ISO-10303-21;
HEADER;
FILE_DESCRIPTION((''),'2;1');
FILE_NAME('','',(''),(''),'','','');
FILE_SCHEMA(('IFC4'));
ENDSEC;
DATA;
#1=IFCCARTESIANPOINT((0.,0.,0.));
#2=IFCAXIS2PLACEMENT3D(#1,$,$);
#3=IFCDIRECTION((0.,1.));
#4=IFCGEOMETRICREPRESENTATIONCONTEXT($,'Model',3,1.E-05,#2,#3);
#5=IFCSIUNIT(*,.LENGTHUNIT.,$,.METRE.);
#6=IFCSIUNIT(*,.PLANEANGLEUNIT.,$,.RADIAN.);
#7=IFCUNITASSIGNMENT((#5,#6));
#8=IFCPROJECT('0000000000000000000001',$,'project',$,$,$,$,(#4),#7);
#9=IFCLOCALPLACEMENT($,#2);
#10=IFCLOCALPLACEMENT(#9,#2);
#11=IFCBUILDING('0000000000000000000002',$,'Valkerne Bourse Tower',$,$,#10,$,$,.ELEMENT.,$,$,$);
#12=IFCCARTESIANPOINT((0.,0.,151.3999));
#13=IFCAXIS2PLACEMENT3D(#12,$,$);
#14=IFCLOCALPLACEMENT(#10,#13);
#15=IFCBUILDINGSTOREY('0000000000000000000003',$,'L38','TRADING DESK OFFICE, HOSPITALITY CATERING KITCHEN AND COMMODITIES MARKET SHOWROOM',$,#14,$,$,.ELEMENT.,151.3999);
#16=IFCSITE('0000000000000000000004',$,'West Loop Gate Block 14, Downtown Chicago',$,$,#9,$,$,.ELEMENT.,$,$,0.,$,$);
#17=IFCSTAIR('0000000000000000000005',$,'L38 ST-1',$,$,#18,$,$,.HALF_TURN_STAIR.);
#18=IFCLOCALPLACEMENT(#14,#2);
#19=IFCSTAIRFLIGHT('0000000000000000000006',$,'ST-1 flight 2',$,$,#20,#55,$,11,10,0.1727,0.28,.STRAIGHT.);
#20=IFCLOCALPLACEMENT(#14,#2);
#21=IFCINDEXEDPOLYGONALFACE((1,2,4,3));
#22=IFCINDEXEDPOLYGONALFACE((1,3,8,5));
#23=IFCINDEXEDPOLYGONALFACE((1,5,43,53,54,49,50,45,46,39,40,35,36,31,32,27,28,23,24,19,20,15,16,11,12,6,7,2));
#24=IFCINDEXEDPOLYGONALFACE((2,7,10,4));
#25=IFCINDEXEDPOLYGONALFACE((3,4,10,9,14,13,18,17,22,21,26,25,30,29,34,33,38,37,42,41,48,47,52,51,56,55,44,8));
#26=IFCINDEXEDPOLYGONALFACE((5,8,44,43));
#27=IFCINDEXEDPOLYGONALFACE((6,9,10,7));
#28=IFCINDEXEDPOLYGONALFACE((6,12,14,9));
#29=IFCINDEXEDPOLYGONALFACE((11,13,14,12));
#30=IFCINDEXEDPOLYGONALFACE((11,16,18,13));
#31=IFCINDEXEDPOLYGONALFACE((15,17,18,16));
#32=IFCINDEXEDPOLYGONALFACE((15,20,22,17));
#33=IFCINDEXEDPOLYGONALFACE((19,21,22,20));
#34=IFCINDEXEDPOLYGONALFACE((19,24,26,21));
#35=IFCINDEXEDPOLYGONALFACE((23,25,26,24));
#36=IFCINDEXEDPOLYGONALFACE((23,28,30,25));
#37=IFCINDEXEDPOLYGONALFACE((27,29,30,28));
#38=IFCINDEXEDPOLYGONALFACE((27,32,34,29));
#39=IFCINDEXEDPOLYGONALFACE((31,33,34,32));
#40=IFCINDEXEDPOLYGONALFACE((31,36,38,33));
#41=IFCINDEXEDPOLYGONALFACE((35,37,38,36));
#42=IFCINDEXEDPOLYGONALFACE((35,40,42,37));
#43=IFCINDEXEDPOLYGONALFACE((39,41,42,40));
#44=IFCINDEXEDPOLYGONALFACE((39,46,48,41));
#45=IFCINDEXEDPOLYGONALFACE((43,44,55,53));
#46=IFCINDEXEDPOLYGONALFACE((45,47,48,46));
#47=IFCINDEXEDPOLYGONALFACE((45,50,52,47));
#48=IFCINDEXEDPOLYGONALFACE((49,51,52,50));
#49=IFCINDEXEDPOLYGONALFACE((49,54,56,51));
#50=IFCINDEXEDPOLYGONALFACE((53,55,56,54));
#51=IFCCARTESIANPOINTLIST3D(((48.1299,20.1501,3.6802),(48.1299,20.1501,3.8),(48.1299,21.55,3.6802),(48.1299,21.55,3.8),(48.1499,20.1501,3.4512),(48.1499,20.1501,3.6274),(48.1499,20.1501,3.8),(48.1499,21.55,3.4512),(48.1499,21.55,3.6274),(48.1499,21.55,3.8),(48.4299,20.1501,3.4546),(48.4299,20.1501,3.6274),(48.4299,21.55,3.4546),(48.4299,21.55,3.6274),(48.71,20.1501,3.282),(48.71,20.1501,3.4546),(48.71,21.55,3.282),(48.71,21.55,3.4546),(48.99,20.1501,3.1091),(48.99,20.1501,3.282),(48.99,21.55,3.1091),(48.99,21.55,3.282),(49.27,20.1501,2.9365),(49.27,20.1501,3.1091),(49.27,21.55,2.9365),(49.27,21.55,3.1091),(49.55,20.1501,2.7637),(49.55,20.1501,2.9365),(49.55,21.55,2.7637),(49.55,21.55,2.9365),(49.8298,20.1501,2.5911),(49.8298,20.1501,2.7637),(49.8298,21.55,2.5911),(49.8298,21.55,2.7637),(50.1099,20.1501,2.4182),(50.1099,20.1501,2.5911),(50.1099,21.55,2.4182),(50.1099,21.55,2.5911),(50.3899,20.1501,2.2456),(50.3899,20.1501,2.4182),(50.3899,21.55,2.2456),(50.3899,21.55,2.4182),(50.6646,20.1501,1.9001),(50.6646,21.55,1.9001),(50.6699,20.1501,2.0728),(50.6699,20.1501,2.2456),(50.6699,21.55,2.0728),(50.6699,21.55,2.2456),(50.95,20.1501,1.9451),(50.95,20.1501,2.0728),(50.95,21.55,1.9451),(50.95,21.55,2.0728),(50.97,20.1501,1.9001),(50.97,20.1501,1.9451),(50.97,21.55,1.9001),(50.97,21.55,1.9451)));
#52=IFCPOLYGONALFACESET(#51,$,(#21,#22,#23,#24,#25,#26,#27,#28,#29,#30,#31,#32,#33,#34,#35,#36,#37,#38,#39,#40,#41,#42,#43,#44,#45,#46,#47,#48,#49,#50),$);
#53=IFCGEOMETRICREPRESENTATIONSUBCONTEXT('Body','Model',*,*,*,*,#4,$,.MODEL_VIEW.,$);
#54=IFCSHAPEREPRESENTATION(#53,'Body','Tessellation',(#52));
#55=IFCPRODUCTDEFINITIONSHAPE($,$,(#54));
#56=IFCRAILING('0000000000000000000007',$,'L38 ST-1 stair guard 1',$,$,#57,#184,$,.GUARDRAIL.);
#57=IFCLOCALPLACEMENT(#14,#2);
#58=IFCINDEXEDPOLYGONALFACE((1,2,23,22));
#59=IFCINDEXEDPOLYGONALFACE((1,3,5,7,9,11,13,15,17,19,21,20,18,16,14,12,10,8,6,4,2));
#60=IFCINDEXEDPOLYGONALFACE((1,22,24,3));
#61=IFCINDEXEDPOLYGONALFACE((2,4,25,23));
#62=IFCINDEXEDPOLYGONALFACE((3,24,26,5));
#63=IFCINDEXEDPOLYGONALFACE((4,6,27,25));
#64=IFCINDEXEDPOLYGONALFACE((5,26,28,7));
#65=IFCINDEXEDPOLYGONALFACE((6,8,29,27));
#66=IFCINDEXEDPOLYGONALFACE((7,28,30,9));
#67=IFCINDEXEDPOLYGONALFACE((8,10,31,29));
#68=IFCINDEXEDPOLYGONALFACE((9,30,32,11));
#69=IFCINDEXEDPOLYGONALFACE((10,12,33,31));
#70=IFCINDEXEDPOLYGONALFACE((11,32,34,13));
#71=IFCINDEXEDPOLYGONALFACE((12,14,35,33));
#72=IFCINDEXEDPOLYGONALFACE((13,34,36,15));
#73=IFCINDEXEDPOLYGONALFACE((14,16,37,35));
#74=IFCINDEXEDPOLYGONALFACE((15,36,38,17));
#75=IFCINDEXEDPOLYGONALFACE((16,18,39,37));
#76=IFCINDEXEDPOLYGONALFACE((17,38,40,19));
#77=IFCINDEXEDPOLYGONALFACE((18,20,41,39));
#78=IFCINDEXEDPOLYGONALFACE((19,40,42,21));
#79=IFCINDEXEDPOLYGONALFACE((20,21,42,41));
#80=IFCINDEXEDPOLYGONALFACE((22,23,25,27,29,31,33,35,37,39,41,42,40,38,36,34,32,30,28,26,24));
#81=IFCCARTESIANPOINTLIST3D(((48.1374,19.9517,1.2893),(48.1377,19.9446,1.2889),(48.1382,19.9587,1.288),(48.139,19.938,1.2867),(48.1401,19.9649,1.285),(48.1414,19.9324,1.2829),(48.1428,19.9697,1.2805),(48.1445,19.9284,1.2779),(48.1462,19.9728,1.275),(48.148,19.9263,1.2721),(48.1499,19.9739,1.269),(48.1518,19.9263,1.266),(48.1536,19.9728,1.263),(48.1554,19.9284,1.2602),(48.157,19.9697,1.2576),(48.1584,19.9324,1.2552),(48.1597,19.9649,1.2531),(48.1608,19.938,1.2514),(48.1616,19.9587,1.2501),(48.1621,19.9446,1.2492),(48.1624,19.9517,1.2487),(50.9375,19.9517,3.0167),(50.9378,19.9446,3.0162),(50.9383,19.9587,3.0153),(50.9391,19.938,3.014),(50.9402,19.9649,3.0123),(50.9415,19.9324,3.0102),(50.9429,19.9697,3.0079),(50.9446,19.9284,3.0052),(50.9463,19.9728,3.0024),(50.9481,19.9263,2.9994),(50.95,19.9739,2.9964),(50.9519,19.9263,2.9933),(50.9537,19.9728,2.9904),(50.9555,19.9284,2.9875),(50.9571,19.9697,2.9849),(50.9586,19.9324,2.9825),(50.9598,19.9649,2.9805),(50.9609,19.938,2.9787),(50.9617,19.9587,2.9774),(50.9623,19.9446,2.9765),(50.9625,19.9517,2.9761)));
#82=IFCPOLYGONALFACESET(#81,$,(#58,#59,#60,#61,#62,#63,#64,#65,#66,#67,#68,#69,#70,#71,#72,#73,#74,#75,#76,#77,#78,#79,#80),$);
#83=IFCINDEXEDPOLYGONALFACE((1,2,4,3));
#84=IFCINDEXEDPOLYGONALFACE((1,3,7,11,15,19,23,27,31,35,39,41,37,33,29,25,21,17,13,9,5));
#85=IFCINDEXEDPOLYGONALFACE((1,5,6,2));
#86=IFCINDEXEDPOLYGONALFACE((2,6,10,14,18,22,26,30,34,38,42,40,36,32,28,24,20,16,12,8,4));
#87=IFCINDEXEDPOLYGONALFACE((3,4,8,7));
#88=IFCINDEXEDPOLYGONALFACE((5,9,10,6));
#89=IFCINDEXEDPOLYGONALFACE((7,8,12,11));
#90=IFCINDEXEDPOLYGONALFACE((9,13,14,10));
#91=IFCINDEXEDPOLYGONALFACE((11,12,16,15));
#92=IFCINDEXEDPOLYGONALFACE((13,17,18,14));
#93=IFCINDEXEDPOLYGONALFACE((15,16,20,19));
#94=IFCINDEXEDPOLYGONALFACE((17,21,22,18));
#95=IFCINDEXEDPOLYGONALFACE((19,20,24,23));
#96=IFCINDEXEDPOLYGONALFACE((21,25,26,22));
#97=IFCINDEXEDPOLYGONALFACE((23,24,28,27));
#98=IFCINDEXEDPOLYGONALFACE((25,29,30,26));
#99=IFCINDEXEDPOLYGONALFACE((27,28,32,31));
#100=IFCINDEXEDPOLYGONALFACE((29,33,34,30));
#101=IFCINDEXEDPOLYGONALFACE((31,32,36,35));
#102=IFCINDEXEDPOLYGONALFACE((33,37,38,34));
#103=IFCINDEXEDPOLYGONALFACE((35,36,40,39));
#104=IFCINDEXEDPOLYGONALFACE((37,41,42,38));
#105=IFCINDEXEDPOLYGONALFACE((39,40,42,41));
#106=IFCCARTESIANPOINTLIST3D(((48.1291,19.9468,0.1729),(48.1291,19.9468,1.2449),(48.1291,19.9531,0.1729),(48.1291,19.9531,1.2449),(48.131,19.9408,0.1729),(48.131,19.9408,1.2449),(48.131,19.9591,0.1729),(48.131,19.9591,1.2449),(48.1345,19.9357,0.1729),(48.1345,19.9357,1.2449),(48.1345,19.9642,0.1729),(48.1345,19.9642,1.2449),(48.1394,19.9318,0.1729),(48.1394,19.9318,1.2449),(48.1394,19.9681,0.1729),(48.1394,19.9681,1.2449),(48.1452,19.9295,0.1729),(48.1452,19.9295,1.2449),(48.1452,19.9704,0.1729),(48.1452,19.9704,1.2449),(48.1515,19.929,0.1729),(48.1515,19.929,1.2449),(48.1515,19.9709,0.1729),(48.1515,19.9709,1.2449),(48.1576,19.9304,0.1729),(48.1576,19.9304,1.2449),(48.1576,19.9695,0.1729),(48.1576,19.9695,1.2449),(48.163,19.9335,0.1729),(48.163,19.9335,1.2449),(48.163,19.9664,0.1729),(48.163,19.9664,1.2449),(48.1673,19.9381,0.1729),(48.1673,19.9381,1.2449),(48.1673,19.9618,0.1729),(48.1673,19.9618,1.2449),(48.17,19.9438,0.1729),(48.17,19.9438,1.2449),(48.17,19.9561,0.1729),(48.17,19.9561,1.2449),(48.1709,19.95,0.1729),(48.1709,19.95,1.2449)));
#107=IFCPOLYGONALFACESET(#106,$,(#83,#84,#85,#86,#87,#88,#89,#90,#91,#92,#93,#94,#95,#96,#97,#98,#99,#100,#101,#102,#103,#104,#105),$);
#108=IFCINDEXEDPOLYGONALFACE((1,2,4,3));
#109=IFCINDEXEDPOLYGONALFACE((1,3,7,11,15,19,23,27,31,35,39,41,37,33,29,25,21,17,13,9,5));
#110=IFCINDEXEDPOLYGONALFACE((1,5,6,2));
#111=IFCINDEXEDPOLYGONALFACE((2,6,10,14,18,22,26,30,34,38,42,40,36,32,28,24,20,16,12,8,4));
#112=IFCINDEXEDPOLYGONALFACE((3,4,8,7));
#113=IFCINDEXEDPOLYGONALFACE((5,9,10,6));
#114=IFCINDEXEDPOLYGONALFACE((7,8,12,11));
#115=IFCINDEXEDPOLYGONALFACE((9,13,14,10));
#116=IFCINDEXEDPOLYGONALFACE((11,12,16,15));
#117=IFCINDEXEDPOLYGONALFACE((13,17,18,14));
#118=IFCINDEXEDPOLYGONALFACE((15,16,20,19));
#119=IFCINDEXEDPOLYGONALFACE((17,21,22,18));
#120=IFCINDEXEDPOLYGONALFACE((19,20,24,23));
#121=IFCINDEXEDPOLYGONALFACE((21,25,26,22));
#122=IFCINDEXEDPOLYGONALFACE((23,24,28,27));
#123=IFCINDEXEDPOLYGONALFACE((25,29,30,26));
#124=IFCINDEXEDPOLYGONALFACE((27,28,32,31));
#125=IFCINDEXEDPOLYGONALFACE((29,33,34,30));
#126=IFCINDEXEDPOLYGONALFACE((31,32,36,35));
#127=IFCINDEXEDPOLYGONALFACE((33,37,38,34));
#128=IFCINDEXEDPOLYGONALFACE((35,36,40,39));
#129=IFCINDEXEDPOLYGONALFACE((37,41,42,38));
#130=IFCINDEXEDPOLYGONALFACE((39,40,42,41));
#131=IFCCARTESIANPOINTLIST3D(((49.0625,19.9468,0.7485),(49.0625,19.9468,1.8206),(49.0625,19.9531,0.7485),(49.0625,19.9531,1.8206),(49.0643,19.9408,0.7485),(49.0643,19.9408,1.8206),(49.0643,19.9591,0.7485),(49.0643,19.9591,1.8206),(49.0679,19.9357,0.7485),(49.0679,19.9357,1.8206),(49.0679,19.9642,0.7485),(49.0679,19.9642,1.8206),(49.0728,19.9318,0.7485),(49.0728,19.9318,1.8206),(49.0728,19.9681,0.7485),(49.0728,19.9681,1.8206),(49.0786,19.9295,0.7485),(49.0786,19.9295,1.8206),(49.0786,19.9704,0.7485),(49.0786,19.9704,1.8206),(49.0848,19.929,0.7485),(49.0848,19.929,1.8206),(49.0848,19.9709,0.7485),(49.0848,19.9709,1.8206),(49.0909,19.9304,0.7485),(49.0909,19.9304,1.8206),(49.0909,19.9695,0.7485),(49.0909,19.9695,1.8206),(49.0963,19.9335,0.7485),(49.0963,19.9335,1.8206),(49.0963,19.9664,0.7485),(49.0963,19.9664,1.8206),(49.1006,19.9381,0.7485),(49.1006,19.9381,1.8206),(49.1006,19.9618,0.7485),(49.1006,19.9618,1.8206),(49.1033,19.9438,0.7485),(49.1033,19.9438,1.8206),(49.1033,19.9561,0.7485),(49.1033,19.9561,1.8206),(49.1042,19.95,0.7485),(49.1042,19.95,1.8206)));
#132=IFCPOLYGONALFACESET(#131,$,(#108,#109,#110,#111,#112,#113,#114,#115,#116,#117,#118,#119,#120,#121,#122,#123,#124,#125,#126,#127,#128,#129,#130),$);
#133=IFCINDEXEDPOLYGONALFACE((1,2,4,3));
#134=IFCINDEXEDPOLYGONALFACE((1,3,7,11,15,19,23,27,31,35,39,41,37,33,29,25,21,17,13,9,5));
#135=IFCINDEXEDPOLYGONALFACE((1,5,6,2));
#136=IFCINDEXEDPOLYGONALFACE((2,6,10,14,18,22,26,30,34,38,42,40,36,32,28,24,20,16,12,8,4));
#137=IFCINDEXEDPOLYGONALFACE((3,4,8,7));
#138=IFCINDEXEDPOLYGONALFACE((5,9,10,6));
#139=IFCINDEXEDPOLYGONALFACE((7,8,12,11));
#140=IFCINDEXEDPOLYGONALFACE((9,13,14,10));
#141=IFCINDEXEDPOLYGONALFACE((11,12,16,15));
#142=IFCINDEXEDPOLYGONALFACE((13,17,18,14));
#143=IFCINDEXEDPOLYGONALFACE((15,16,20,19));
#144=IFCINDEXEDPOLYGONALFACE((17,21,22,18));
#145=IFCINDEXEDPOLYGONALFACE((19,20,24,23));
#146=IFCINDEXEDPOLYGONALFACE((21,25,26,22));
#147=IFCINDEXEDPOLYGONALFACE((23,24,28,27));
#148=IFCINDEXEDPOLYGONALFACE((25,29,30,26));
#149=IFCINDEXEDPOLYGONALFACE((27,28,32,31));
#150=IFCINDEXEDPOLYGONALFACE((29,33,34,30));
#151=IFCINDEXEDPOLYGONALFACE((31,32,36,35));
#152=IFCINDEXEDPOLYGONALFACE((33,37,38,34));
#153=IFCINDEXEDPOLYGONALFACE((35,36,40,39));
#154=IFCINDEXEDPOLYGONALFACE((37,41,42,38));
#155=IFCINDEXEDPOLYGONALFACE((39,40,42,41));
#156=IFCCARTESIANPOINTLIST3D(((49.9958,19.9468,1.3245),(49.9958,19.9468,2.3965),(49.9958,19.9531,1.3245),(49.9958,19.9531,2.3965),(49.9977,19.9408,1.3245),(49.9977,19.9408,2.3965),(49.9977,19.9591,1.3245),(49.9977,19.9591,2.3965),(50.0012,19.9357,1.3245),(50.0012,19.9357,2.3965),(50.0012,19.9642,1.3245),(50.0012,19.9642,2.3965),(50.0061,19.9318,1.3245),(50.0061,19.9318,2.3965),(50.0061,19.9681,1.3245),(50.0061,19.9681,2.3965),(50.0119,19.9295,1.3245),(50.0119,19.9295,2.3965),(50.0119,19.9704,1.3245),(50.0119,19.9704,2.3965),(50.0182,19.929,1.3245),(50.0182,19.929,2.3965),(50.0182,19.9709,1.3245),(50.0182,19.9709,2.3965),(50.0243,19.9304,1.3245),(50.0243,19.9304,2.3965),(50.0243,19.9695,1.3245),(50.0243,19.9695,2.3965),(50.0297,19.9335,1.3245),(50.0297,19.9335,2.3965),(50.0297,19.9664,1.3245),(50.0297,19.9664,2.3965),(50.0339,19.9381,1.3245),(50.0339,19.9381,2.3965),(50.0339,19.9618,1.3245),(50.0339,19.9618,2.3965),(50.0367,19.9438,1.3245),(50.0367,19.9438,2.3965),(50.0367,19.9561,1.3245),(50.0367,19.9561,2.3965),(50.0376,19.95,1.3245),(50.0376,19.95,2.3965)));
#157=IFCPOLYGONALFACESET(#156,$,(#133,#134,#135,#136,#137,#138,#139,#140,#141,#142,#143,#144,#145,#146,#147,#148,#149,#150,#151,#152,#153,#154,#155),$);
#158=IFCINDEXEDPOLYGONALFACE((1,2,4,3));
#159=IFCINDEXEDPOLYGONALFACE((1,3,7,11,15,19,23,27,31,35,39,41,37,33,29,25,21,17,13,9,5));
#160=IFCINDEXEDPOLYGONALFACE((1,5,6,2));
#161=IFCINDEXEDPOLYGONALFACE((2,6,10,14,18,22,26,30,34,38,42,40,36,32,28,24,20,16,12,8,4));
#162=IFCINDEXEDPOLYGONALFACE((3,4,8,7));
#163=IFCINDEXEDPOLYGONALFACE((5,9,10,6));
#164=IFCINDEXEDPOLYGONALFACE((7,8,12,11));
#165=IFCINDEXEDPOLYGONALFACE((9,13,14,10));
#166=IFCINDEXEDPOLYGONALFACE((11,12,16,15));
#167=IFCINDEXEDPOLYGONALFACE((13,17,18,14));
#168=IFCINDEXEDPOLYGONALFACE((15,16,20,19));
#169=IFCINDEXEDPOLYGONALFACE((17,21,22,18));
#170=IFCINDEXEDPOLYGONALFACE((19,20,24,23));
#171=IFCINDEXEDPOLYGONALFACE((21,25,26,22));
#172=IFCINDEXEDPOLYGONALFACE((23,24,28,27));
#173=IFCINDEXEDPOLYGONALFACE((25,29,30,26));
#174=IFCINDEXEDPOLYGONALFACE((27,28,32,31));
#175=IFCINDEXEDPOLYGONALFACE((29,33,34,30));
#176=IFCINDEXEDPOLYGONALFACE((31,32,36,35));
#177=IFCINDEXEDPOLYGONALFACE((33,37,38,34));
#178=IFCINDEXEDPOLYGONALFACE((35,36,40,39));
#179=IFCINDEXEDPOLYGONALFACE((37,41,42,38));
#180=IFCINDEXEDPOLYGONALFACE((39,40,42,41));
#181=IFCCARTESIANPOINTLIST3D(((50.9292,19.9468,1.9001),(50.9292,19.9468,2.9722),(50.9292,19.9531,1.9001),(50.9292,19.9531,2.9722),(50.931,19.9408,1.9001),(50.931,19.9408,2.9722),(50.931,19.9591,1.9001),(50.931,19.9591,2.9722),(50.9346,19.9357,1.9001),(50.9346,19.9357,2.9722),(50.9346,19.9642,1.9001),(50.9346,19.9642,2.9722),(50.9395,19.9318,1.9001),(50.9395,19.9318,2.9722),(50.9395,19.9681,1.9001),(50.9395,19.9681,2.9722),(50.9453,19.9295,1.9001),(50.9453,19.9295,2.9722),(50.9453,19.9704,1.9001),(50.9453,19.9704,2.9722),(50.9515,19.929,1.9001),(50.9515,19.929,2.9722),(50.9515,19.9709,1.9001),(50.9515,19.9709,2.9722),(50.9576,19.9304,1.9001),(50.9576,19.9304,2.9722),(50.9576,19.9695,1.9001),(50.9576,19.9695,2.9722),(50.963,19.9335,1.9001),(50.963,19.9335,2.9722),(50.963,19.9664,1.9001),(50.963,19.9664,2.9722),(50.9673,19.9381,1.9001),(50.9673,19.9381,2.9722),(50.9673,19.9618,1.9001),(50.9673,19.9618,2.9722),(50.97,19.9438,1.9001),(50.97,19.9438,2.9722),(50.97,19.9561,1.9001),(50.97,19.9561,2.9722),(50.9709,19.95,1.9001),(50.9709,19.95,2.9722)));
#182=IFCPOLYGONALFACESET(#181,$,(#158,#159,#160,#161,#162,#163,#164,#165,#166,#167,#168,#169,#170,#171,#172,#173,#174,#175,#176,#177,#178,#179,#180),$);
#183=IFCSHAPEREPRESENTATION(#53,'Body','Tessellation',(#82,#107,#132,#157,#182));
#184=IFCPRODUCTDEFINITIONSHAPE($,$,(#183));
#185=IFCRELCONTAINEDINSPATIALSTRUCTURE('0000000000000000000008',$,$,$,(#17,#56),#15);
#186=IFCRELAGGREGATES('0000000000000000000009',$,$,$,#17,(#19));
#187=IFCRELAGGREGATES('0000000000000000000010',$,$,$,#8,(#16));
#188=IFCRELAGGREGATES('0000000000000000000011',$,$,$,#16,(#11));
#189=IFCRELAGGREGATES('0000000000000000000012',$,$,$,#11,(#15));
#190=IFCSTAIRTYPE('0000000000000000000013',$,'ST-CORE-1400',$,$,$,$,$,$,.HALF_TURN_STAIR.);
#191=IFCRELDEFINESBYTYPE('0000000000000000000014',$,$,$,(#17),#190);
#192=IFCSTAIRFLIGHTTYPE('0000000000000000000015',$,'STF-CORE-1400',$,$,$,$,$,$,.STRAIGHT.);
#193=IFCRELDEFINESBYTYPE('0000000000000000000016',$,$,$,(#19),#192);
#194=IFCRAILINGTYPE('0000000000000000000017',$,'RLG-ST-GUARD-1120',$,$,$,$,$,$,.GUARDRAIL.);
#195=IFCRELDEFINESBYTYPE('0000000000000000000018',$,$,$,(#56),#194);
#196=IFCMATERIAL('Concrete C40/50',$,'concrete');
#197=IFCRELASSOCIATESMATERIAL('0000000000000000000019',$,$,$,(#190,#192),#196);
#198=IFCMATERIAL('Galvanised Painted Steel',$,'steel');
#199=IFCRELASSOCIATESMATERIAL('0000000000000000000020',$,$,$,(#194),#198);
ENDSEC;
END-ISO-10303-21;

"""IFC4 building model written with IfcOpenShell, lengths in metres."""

from ifc_helpers import new_model, si_unit, direction, frame, origin, origin_2d, place, context, subcontext, project, spatial, polyline, circle, outline, extrude, material, type_object, element, aggregate, save


model = new_model("IFC4")

# Units and contexts
model_context = context("Model", 3, precision=1e-05, world=origin(), true_north=direction((0.0, 1.0)))
body_context = subcontext(model_context, "Body", "Model", "MODEL_VIEW")
ifc_project = project(units=[si_unit("LENGTHUNIT", "METRE"), si_unit("PLANEANGLEUNIT", "RADIAN")], contexts=[model_context])

# Site, building, storey
site_placement = place(None, origin())
site = spatial("IfcSite", under=ifc_project, at=site_placement, Name="West Loop Gate Block 14, Downtown Chicago", CompositionType="ELEMENT", RefElevation=0.0)
building_placement = place(site_placement, origin())
building = spatial("IfcBuilding", under=site, at=building_placement, Name="Valkerne Bourse Tower", CompositionType="ELEMENT")
storey_placement = place(building_placement, frame((0.0, 0.0, 151.3999)))
storey = spatial("IfcBuildingStorey", under=building, at=storey_placement, Name="L38", Description="TRADING DESK OFFICE, HOSPITALITY CATERING KITCHEN AND COMMODITIES MARKET SHOWROOM", CompositionType="ELEMENT", Elevation=151.3999)

# Shared definitions
ifc_material_1 = material(Name="Galvanised Painted Steel", Category="steel")

# Shared definitions
ifc_material_2 = material(Name="Concrete C40/50", Category="concrete")

# Stair, stair flight
stair_type = type_object("IfcStairType", Name="ST-CORE-1400", PredefinedType="HALF_TURN_STAIR", material=ifc_material_2)
stair_placement = place(storey_placement, origin())
stair = element("IfcStair", 1, at=stair_placement, inside=storey, type_object=stair_type, Name="L38 ST-1", PredefinedType="HALF_TURN_STAIR")
stair_flight_type = type_object("IfcStairFlightType", Name="STF-CORE-1400", PredefinedType="STRAIGHT", material=ifc_material_2)
stair_flight_1_placement = place(storey_placement, frame((50.95, 20.8501, 1.9001), z_axis=(0.0, 0.0, 1.0), x_axis=(-1.0, 0.0, 0.0)))
stair_flight_1 = element("IfcStairFlight", 2, at=stair_flight_1_placement, type_object=stair_flight_type, Name="ST-1 flight 2", NumberOfRisers=11, NumberOfTreads=10, PredefinedType="STRAIGHT", RiserHeight=0.1727, TreadLength=0.28, context=body_context, shape_type="SweptSolid", body=[
    extrude(outline(polyline([(-0.02, 0.0), (-0.02, 0.0449), (0.0, 0.0449), (0.0, 0.1726), (0.28, 0.1726), (0.28, 0.3455), (0.5601, 0.3455), (0.5601, 0.5181), (0.8401, 0.5181), (0.8401, 0.6909), (1.1201, 0.6909), (1.1201, 0.8635), (1.3999, 0.8635), (1.3999, 1.0364), (1.6799, 1.0364), (1.6799, 1.209), (1.96, 1.209), (1.96, 1.3818), (2.24, 1.3818), (2.24, 1.5544), (2.52, 1.5544), (2.52, 1.7273), (2.8, 1.7273), (2.8, 1.8999), (2.8201, 1.8999), (2.8201, 1.78), (2.8, 1.551), (0.2854, 0.0), (-0.02, 0.0)])), frame((0.0, 0.7, 0.0), z_axis=(0.0, -1.0, 0.0), x_axis=(1.0, 0.0, 0.0)), (0.0, 0.0, 1.0), 1.3999),
])
aggregate(stair, [stair_flight_1])

# Railing
railing_type_1 = type_object("IfcRailingType", Name="RLG-ST-GUARD-1120", PredefinedType="GUARDRAIL", material=ifc_material_1)
railing_1_placement = place(storey_placement, frame((48.1499, 19.95, 0.1729)))
element("IfcRailing", 3, at=railing_1_placement, inside=storey, type_object=railing_type_1, Name="L38 ST-1 stair guard 1", PredefinedType="GUARDRAIL", context=body_context, shape_type="SweptSolid", body=[
    extrude(circle(Radius=0.0239, at=origin_2d()), frame((0.0, 0.0, 1.0962), z_axis=(0.85109, 0.0, 0.52502), x_axis=(0.0, 1.0, 0.0)), (0.0, 0.0, 1.0), 3.29),
    extrude(circle(Radius=0.021, at=origin_2d()), origin(), (0.0, 0.0, 1.0), 1.072),
    extrude(circle(Radius=0.021, at=origin_2d()), frame((0.9333, 0.0, 0.5757)), (0.0, 0.0, 1.0), 1.072),
    extrude(circle(Radius=0.021, at=origin_2d()), frame((1.8667, 0.0, 1.1516)), (0.0, 0.0, 1.0), 1.072),
    extrude(circle(Radius=0.021, at=origin_2d()), frame((2.8, 0.0, 1.7273)), (0.0, 0.0, 1.0), 1.072),
])

save(model, "model.ifc")
